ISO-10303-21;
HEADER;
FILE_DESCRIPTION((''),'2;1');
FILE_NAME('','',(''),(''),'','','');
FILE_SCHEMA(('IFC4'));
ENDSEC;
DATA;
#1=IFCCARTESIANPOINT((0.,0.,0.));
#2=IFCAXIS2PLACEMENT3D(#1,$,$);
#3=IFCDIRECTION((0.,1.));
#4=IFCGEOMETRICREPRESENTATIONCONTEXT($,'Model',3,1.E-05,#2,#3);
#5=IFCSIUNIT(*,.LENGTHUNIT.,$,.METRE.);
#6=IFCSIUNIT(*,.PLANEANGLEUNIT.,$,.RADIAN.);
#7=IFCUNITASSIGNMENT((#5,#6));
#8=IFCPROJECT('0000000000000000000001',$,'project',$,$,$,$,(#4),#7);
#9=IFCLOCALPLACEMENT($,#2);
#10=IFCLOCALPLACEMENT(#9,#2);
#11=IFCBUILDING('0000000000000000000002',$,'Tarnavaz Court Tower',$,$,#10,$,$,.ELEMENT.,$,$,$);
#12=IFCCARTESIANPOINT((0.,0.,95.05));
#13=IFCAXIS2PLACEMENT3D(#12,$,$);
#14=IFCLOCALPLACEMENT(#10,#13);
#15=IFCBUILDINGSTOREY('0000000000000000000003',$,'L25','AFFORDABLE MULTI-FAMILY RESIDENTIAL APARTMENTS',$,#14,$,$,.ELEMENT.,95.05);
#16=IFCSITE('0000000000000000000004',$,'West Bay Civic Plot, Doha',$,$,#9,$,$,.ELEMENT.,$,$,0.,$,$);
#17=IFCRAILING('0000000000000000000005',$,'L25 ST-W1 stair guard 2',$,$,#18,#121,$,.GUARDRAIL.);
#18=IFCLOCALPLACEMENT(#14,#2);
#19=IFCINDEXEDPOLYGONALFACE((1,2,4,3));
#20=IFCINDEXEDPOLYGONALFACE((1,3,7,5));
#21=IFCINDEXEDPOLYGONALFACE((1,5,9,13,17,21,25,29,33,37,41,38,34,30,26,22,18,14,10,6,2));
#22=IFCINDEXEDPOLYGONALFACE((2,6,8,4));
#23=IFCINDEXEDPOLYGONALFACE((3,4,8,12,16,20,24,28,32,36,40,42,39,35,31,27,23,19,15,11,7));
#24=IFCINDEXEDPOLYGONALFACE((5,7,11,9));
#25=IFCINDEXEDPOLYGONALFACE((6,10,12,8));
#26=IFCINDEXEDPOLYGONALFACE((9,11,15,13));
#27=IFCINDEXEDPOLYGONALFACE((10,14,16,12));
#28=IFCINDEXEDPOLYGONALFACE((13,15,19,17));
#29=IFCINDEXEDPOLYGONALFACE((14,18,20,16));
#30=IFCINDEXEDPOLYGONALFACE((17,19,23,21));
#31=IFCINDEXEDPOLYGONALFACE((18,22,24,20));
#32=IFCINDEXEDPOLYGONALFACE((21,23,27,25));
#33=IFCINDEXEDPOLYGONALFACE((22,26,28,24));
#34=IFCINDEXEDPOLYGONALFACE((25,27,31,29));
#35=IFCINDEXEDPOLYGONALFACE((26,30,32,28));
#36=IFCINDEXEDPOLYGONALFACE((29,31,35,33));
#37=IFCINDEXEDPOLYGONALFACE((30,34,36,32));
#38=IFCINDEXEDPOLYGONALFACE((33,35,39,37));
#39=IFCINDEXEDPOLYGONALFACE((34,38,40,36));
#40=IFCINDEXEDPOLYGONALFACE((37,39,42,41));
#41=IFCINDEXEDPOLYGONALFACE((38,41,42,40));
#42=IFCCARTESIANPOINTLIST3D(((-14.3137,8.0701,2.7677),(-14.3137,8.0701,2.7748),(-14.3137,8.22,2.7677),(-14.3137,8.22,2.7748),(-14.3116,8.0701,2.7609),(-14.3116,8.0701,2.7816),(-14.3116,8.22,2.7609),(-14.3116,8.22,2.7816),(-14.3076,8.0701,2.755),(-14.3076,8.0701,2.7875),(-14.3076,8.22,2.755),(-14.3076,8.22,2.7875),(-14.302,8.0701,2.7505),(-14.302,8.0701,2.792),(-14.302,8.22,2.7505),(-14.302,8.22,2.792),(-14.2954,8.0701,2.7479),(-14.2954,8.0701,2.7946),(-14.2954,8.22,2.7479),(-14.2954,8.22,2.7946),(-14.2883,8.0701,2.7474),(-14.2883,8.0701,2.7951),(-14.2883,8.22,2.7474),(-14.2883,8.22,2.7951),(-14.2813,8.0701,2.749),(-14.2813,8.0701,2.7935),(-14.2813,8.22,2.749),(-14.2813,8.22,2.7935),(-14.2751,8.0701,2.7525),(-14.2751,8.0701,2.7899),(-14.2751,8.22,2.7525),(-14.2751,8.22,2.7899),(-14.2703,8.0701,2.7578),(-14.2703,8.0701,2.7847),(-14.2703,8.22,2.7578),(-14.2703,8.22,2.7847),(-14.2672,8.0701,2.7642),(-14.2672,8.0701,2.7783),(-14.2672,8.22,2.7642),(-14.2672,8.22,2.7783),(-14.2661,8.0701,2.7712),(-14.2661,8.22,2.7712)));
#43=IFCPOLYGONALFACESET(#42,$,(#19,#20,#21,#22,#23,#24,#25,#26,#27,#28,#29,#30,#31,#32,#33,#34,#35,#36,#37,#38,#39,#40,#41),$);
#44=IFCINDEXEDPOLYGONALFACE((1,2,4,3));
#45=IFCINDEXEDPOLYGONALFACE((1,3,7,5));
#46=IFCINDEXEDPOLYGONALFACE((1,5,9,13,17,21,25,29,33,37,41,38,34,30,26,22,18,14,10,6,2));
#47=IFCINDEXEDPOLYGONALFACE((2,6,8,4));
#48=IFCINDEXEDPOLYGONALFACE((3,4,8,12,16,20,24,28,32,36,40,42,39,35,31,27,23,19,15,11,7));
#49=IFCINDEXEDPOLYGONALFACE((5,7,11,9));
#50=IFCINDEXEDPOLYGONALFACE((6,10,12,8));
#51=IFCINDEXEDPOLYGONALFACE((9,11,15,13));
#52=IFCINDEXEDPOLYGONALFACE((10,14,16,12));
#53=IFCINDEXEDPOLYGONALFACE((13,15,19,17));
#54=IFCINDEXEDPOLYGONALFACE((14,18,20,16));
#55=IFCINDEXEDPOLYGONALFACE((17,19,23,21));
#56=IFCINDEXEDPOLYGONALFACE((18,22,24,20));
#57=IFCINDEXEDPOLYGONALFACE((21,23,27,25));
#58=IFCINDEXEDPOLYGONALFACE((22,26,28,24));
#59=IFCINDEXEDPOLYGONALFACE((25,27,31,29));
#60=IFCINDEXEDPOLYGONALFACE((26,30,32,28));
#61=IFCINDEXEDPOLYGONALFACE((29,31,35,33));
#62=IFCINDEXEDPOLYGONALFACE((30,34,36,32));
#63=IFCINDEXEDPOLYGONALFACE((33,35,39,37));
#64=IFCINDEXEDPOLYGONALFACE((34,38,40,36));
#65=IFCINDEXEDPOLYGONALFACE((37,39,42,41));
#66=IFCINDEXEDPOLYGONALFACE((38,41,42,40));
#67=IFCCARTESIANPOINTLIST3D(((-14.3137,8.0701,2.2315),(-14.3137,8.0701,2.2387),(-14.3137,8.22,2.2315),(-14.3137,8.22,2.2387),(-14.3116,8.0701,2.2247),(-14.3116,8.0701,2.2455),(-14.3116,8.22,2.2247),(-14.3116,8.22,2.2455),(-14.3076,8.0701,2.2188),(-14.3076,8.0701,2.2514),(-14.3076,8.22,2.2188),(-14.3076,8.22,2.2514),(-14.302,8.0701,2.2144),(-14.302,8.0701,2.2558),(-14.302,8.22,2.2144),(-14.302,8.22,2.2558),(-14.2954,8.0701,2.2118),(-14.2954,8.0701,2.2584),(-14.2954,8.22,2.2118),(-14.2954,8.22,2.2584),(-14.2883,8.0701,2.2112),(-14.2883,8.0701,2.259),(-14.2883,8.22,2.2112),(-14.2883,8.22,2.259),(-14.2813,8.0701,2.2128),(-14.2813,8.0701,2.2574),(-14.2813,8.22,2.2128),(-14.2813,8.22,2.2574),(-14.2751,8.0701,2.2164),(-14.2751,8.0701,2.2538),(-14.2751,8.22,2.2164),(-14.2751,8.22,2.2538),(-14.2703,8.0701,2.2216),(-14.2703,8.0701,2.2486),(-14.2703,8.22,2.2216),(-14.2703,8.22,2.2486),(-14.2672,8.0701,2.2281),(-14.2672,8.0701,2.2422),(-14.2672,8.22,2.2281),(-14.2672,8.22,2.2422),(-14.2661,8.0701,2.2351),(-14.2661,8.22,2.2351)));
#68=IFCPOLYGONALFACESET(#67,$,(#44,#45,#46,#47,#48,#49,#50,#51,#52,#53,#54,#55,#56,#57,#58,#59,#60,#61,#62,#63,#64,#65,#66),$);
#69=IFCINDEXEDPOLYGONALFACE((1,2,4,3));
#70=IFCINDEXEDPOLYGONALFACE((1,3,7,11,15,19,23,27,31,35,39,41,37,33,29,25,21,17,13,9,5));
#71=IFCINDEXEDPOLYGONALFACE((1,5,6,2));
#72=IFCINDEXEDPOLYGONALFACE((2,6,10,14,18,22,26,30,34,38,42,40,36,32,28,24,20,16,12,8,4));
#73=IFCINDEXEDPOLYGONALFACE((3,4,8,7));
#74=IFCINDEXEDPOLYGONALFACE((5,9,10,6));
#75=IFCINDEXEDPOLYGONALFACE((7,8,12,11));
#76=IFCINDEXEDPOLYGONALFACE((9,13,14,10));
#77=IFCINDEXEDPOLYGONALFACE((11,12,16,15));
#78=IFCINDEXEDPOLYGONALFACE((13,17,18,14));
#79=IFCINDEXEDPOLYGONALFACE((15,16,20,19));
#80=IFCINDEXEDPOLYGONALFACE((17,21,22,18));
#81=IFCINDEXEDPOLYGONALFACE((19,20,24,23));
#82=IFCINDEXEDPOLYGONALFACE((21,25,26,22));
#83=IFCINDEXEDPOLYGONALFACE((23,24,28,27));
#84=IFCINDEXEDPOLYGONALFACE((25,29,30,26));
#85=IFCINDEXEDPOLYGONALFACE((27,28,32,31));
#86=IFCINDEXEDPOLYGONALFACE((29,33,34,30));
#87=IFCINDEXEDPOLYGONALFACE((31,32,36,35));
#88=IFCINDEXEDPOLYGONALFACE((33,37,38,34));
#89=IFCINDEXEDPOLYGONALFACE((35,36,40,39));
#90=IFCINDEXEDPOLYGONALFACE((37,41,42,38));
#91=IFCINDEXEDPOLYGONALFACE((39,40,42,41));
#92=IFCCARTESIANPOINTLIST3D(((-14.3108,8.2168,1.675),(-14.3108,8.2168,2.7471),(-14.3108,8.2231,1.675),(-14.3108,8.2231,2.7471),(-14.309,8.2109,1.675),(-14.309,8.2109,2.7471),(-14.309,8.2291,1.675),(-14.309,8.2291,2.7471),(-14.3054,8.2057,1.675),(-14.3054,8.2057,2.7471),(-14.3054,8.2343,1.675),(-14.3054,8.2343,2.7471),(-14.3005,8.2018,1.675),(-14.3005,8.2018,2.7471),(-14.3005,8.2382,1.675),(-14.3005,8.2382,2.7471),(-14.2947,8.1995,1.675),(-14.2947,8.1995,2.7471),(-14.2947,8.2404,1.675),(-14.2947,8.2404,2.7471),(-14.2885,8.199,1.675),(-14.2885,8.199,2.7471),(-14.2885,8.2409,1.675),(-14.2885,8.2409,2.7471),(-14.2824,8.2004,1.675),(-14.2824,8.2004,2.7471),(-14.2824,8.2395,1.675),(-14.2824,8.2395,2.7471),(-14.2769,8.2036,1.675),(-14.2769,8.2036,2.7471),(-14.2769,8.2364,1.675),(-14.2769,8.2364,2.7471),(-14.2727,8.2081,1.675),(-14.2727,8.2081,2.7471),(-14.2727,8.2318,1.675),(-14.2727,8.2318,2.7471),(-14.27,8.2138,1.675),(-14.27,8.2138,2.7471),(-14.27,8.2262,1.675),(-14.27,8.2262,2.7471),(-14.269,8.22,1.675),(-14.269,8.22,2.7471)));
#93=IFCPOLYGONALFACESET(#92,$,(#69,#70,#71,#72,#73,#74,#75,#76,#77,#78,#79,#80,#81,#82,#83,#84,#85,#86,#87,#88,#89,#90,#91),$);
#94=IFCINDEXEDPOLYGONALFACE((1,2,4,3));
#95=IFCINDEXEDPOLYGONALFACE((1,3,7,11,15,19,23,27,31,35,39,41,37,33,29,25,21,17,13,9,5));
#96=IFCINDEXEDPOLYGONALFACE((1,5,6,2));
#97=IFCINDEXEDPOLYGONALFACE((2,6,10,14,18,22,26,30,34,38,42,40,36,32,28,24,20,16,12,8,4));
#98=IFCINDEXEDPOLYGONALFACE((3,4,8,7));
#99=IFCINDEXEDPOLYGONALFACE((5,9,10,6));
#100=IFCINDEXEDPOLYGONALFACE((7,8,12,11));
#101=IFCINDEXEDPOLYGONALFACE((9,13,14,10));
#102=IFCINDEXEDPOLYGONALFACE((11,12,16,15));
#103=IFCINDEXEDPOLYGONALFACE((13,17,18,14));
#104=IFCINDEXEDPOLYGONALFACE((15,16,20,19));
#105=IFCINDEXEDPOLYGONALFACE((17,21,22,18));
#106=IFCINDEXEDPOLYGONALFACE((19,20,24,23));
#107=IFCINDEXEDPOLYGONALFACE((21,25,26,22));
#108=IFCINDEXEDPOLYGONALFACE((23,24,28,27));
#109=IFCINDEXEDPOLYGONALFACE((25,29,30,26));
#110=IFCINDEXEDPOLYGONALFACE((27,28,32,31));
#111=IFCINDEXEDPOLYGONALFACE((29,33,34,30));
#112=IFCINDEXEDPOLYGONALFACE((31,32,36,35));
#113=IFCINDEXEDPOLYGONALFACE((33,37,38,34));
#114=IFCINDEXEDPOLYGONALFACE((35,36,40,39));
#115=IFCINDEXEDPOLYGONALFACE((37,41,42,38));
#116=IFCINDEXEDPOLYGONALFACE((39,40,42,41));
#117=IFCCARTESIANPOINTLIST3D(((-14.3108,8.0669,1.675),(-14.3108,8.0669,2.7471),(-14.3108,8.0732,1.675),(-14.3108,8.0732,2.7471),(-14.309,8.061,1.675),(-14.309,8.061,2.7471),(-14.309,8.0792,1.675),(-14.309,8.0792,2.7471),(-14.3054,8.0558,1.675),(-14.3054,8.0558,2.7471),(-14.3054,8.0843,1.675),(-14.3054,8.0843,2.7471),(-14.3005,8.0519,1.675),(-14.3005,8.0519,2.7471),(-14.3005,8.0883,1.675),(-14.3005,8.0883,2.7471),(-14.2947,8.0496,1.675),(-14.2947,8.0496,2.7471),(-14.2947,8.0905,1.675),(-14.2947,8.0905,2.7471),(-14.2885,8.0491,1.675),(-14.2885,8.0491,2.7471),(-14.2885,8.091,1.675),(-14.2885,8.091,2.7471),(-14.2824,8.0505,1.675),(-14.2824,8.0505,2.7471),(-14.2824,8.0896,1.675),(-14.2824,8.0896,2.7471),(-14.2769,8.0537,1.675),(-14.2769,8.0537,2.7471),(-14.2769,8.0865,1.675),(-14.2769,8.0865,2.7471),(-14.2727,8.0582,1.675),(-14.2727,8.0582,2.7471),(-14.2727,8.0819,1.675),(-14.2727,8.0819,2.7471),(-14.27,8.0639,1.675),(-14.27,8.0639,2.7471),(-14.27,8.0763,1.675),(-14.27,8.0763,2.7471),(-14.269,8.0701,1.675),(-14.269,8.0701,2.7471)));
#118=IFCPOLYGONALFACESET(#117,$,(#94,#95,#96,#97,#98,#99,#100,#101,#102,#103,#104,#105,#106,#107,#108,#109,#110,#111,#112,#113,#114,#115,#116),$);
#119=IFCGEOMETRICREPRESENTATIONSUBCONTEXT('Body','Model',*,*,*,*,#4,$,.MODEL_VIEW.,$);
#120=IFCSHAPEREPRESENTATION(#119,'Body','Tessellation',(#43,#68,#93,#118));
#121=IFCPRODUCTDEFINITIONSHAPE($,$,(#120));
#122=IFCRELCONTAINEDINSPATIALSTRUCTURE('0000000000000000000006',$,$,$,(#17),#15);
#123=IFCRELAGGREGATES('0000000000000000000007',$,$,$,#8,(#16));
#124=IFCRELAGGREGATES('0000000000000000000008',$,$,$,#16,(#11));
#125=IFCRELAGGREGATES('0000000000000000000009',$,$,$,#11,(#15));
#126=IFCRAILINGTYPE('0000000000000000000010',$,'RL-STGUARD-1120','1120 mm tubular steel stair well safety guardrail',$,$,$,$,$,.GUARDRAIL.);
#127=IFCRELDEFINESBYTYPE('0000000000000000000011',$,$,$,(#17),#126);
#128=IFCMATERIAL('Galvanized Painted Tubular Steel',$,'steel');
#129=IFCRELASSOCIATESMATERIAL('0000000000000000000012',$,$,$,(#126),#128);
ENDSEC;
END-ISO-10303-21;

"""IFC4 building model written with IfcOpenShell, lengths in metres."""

from ifc_helpers import new_model, si_unit, direction, frame, origin, origin_2d, place, context, subcontext, project, spatial, circle, extrude, material, type_object, element, save


model = new_model("IFC4")

# Units and contexts
model_context = context("Model", 3, precision=1e-05, world=origin(), true_north=direction((0.0, 1.0)))
body_context = subcontext(model_context, "Body", "Model", "MODEL_VIEW")
ifc_project = project(units=[si_unit("LENGTHUNIT", "METRE"), si_unit("PLANEANGLEUNIT", "RADIAN")], contexts=[model_context])

# Site, building, storey
site_placement = place(None, origin())
site = spatial("IfcSite", under=ifc_project, at=site_placement, Name="West Bay Civic Plot, Doha", CompositionType="ELEMENT", RefElevation=0.0)
building_placement = place(site_placement, origin())
building = spatial("IfcBuilding", under=site, at=building_placement, Name="Tarnavaz Court Tower", CompositionType="ELEMENT")
storey_placement = place(building_placement, frame((0.0, 0.0, 95.05)))
storey = spatial("IfcBuildingStorey", under=building, at=storey_placement, Name="L25", Description="AFFORDABLE MULTI-FAMILY RESIDENTIAL APARTMENTS", CompositionType="ELEMENT", Elevation=95.05)

# Railing
ifc_material_1 = material(Name="Galvanized Painted Tubular Steel", Category="steel")
railing_type_1 = type_object("IfcRailingType", Name="RL-STGUARD-1120", Description="1120 mm tubular steel stair well safety guardrail", PredefinedType="GUARDRAIL", material=ifc_material_1)
railing_1_placement = place(storey_placement, frame((-14.29, 8.22, 1.675)))
element("IfcRailing", 1, at=railing_1_placement, inside=storey, type_object=railing_type_1, Name="L25 ST-W1 stair guard 2", PredefinedType="GUARDRAIL", context=body_context, shape_type="SweptSolid", body=[
    extrude(circle(Radius=0.0239, at=origin_2d()), frame((0.0, 0.0, 1.0962), z_axis=(0.0, -1.0, 0.0), x_axis=(1.0, 0.0, 0.0)), (0.0, 0.0, 1.0), 0.1499),
    extrude(circle(Radius=0.0239, at=origin_2d()), frame((0.0, 0.0, 0.5601), z_axis=(0.0, -1.0, 0.0), x_axis=(1.0, 0.0, 0.0)), (0.0, 0.0, 1.0), 0.1499),
    extrude(circle(Radius=0.021, at=origin_2d()), origin(), (0.0, 0.0, 1.0), 1.072),
    extrude(circle(Radius=0.021, at=origin_2d()), frame((0.0, -0.1499, 0.0)), (0.0, 0.0, 1.0), 1.072),
])

save(model, "model.ifc")
